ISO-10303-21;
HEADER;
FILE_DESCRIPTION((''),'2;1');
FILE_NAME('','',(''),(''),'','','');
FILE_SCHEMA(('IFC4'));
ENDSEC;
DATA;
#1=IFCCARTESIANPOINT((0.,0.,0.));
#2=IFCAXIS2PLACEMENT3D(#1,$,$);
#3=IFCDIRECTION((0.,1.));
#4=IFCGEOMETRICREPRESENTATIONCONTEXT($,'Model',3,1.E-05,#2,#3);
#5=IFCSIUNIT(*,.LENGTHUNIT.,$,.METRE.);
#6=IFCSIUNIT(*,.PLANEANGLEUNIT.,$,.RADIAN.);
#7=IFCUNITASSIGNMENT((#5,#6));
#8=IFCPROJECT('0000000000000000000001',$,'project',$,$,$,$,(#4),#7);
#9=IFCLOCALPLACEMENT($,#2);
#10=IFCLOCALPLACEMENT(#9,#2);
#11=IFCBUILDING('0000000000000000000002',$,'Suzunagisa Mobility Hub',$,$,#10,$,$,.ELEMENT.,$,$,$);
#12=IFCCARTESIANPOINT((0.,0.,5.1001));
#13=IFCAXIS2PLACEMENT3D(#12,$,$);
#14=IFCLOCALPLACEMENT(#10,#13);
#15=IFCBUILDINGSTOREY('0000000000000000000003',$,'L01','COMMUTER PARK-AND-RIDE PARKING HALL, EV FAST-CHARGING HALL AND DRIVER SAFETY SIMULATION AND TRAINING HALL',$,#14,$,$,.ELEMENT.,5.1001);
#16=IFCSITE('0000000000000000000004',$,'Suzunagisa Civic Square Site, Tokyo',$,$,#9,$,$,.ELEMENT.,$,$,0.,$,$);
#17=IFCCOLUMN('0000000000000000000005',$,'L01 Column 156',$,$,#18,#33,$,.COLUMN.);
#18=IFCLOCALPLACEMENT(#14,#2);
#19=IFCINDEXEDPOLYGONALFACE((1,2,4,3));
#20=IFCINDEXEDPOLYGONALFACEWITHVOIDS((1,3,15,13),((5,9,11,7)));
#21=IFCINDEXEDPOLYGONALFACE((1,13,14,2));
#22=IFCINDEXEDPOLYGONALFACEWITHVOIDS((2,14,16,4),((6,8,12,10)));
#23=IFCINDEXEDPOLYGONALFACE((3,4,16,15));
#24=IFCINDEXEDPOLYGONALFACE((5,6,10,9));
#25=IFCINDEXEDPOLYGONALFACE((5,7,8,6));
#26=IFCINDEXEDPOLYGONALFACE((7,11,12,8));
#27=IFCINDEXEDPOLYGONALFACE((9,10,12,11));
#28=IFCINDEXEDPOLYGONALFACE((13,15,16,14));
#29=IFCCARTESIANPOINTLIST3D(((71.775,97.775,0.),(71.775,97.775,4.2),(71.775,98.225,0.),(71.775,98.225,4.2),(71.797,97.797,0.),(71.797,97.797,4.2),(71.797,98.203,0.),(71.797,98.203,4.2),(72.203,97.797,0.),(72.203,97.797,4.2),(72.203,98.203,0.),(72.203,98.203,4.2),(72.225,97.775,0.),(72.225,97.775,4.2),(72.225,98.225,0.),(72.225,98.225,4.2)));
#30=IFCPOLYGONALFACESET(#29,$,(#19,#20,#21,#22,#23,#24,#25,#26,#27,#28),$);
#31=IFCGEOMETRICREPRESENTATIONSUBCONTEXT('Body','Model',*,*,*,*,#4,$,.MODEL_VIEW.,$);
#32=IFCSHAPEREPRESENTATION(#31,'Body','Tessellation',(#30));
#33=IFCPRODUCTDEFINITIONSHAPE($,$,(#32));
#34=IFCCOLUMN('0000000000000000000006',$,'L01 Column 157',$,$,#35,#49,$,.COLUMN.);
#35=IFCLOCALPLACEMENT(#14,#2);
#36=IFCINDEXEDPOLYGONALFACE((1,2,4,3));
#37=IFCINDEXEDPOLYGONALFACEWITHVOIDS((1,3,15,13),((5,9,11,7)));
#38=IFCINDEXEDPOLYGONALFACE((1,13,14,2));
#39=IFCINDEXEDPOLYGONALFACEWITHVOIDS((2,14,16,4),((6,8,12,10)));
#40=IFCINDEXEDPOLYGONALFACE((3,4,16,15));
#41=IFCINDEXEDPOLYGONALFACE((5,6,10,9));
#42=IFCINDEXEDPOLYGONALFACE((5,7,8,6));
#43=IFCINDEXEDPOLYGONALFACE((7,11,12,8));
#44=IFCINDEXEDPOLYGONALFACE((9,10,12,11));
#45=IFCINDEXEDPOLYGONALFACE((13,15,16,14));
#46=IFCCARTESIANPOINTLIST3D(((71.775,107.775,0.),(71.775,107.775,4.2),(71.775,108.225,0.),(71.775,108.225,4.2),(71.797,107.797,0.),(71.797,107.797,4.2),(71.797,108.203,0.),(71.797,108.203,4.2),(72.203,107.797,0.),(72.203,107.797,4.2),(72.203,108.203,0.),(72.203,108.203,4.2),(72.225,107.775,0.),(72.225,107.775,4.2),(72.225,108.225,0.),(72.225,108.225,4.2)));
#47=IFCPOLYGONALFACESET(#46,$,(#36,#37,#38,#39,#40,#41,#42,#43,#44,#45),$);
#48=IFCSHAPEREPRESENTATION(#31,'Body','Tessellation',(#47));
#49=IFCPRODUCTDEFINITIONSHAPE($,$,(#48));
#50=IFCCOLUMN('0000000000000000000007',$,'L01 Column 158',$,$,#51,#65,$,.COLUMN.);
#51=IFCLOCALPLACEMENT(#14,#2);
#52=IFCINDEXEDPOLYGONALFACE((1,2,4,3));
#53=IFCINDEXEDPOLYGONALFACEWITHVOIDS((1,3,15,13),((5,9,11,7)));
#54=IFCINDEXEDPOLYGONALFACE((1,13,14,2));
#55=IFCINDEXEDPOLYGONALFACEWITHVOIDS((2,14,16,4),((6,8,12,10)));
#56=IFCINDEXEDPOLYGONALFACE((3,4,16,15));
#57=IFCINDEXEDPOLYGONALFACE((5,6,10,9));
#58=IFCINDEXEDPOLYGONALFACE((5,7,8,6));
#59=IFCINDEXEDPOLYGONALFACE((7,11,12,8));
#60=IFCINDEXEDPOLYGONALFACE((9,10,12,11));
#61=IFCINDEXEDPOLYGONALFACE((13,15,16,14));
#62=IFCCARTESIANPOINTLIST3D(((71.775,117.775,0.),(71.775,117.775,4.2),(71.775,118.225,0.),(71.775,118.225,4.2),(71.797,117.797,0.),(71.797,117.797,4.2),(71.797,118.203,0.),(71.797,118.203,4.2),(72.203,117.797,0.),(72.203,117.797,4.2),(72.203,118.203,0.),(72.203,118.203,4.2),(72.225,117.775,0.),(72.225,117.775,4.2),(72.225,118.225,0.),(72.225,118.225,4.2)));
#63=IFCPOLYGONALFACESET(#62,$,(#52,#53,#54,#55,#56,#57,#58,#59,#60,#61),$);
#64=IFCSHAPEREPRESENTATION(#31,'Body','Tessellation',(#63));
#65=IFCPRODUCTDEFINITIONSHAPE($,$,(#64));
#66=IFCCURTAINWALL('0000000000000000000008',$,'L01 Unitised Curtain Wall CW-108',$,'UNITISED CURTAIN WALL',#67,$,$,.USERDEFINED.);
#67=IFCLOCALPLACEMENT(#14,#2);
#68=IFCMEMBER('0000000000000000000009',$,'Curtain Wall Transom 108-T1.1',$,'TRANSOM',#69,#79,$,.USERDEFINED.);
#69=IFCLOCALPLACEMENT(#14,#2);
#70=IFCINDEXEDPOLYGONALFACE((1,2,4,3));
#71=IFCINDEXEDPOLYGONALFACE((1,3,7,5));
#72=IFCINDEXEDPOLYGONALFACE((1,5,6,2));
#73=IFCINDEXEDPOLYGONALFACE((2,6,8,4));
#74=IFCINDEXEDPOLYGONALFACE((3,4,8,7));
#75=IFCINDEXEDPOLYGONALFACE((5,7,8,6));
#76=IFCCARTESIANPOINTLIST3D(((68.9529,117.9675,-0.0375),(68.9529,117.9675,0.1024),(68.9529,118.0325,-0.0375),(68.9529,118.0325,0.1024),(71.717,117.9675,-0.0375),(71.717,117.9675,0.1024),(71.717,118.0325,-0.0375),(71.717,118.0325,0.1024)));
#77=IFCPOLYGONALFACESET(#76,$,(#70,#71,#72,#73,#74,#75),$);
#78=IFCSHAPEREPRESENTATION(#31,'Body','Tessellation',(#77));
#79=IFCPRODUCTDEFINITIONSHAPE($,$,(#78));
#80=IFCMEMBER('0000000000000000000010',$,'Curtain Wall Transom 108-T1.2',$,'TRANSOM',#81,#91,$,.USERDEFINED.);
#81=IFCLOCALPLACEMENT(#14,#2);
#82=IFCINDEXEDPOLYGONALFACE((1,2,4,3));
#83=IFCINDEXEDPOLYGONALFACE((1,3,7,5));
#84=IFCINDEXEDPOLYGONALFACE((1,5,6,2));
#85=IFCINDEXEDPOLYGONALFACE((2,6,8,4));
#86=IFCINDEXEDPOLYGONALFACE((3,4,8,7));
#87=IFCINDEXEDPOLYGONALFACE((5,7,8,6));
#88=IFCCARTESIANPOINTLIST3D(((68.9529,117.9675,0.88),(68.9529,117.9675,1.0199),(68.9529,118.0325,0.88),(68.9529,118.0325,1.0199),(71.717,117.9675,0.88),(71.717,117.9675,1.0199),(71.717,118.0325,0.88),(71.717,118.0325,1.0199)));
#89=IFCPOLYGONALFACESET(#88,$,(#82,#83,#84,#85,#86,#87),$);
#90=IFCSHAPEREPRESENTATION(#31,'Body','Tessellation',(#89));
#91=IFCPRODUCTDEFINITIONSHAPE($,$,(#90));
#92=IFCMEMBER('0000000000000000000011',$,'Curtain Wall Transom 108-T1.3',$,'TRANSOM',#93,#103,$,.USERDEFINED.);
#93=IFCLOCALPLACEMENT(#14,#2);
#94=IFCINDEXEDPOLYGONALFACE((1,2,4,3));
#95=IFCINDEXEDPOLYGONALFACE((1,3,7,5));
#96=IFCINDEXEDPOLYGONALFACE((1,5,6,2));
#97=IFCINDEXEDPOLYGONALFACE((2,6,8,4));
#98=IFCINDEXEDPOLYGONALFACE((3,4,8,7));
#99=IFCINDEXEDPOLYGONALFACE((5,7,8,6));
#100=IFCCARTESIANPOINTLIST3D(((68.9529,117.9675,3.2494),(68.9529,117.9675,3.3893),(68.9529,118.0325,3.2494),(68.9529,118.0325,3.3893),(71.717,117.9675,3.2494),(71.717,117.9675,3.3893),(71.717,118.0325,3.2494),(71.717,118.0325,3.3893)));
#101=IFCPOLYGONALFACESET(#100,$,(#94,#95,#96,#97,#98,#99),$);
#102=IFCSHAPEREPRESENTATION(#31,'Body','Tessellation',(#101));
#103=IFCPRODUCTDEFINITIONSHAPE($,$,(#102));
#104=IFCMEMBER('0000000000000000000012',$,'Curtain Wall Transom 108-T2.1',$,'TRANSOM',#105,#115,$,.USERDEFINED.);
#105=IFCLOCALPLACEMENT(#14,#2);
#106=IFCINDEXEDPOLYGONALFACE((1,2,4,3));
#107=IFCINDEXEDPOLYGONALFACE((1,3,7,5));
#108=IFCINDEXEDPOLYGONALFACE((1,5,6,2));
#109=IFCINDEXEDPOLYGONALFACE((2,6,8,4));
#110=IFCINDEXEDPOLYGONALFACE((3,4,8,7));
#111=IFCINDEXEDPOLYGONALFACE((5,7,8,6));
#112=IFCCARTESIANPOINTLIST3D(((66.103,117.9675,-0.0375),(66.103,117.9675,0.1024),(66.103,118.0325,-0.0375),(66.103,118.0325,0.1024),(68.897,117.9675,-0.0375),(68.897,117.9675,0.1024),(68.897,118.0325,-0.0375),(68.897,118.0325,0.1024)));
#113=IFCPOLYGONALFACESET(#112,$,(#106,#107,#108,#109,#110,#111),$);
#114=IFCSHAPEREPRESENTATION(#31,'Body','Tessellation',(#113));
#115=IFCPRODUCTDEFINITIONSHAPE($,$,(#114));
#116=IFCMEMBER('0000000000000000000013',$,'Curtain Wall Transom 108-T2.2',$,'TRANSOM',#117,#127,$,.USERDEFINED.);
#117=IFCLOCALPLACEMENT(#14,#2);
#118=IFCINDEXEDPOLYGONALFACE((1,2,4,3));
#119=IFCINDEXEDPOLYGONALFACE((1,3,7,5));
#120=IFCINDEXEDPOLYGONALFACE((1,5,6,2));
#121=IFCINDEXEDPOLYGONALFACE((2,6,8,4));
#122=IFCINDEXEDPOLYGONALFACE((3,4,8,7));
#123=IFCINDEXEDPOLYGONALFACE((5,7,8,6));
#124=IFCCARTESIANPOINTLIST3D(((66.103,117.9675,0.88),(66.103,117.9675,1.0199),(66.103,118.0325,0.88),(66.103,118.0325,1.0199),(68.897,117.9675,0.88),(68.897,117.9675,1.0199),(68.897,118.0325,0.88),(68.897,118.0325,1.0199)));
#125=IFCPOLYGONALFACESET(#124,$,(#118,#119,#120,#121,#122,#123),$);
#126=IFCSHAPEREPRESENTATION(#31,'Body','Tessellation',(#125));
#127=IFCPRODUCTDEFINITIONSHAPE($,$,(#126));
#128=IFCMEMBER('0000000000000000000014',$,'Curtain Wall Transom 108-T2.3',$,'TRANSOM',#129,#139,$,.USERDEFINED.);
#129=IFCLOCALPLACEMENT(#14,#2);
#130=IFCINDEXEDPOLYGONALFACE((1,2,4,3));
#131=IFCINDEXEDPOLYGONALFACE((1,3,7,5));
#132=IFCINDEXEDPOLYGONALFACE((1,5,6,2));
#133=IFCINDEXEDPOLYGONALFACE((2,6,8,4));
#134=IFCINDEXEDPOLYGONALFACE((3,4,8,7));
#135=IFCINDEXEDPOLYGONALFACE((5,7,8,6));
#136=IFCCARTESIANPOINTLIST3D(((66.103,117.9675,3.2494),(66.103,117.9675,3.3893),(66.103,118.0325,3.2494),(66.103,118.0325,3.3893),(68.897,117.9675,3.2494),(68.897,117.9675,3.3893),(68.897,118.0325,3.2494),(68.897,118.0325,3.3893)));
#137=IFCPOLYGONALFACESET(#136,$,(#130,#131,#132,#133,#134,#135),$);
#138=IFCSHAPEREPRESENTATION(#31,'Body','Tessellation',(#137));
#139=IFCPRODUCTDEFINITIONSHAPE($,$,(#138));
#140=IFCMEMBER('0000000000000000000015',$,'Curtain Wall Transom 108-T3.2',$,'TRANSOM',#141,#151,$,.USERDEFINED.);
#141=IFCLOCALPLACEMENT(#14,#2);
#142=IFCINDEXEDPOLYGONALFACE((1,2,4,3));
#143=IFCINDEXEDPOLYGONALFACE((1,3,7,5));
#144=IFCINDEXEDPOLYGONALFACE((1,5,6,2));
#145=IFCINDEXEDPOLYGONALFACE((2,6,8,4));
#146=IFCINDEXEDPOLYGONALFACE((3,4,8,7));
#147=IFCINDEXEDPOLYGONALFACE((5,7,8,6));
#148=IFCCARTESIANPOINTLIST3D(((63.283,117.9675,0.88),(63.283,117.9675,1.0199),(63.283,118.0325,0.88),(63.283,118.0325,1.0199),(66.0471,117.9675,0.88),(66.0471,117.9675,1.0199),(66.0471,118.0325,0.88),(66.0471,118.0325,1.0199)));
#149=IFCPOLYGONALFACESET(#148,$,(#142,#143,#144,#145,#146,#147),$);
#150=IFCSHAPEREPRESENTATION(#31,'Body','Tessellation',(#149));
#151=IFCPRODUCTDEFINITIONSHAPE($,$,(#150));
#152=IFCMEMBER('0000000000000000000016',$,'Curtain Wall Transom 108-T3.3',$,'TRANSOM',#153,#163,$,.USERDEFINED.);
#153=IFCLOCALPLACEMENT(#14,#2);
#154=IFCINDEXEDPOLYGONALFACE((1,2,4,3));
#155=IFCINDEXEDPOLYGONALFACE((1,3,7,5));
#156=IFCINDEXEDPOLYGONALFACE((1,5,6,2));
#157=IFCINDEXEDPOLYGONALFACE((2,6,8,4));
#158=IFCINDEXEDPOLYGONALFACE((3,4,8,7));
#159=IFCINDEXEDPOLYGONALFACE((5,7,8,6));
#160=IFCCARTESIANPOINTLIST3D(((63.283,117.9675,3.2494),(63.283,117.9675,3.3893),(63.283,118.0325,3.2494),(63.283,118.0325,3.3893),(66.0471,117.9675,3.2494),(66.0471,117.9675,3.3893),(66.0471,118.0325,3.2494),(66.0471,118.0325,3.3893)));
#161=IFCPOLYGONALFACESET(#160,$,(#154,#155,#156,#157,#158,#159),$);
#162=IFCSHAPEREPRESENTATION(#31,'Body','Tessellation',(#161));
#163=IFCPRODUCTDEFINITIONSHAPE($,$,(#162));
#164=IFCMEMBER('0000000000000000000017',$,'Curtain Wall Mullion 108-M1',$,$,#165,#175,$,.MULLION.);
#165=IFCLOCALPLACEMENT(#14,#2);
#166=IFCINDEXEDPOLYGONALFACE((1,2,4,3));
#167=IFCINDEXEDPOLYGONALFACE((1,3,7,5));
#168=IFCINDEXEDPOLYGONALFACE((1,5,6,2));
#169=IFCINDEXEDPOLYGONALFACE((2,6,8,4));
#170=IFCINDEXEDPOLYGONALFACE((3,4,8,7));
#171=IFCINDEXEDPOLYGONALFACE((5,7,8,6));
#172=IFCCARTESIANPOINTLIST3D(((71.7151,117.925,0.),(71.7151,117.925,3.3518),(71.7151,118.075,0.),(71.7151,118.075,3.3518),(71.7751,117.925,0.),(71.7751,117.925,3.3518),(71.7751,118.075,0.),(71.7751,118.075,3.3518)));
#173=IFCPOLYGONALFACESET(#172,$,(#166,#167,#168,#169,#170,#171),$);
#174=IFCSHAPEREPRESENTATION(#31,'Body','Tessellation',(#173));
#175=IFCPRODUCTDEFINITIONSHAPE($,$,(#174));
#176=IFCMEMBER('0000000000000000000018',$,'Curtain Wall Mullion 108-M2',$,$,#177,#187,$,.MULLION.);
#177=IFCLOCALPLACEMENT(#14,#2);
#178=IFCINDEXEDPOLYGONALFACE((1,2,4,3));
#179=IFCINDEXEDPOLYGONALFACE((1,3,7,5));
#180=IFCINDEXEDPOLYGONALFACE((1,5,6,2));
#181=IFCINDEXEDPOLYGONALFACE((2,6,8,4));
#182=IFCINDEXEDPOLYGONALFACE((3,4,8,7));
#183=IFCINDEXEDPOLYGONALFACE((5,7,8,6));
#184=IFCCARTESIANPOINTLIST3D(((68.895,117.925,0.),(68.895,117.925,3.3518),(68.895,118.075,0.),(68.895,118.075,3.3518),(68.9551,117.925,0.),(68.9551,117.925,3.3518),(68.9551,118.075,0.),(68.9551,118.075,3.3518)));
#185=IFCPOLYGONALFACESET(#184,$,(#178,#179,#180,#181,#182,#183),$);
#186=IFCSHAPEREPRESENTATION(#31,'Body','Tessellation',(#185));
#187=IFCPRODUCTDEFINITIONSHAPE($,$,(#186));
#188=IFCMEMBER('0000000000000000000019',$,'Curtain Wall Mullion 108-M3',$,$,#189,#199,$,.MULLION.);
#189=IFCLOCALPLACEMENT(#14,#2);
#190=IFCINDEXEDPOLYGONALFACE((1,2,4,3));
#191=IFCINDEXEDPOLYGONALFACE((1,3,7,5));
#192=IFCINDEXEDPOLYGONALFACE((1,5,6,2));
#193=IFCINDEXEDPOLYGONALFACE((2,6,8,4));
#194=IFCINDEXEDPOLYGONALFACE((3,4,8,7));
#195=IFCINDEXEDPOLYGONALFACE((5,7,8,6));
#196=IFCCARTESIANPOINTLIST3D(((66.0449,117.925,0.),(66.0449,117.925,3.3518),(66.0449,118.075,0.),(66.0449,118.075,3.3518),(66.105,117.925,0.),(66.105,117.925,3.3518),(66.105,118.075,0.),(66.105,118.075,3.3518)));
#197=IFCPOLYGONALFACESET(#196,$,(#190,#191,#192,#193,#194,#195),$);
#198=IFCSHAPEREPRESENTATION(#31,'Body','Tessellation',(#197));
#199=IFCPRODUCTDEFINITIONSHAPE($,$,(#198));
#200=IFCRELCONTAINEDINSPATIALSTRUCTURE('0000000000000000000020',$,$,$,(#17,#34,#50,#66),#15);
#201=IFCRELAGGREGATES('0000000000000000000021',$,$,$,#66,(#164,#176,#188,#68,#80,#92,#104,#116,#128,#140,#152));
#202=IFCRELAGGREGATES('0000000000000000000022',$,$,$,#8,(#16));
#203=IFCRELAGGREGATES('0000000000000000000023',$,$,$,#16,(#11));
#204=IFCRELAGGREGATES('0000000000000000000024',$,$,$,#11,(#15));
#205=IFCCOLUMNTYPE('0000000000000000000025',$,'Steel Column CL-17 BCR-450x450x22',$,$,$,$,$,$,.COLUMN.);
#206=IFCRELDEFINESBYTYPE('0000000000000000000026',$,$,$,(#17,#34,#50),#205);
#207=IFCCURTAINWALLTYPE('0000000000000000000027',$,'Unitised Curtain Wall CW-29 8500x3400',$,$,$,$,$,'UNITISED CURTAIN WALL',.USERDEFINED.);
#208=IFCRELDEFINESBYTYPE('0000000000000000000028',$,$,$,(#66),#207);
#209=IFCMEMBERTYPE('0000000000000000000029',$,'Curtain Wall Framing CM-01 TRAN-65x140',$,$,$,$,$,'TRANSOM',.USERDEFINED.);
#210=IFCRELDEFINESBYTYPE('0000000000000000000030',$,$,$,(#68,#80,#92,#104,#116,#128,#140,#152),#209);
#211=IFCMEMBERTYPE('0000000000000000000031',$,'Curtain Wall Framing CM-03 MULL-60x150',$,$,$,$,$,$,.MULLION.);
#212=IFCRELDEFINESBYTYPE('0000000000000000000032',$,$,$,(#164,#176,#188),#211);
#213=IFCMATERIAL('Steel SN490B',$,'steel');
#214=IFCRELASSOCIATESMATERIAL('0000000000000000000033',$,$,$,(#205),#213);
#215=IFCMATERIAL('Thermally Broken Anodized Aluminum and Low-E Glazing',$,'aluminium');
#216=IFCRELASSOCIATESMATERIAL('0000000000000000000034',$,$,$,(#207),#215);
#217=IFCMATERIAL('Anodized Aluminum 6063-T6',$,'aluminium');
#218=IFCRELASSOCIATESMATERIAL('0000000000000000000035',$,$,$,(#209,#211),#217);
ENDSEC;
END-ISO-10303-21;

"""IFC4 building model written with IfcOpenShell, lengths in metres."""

from ifc_helpers import new_model, si_unit, direction, frame, origin, origin_2d, place, context, subcontext, project, spatial, rectangle, hollow_rectangle, extrude, material, material_profile, profile_set, type_object, element, aggregate, save


model = new_model("IFC4")

# Units and contexts
model_context = context("Model", 3, precision=1e-05, world=origin(), true_north=direction((0.0, 1.0)))
body_context = subcontext(model_context, "Body", "Model", "MODEL_VIEW")
ifc_project = project(units=[si_unit("LENGTHUNIT", "METRE"), si_unit("PLANEANGLEUNIT", "RADIAN")], contexts=[model_context])

# Site, building, storey
site_placement = place(None, origin())
site = spatial("IfcSite", under=ifc_project, at=site_placement, Name="Suzunagisa Civic Square Site, Tokyo", CompositionType="ELEMENT", RefElevation=0.0)
building_placement = place(site_placement, origin())
building = spatial("IfcBuilding", under=site, at=building_placement, Name="Suzunagisa Mobility Hub", CompositionType="ELEMENT")
storey_placement = place(building_placement, frame((0.0, 0.0, 5.1001)))
storey = spatial("IfcBuildingStorey", under=building, at=storey_placement, Name="L01", Description="COMMUTER PARK-AND-RIDE PARKING HALL, EV FAST-CHARGING HALL AND DRIVER SAFETY SIMULATION AND TRAINING HALL", CompositionType="ELEMENT", Elevation=5.1001)

# Columns
ifc_material_1 = material(Name="Steel SN490B", Category="steel")
ifc_material_profile_1 = material_profile(ifc_material_1, hollow_rectangle(XDim=0.45, YDim=0.45, WallThickness=0.022, at=origin_2d()), Name="BCR-450x450x22")
ifc_profile_set_1 = profile_set([ifc_material_profile_1], Name="Steel SN490B")
column_type = type_object("IfcColumnType", Name="Steel Column CL-17 BCR-450x450x22", PredefinedType="COLUMN", material=ifc_profile_set_1)
for number, where, z_axis, x_axis, name in (
    (1, (72.0, 98.0, 0.0), (0.0, 0.0, 1.0), (1.0, 0.0, 0.0), "L01 Column 156"),
    (2, (72.0, 108.0, 0.0), (0.0, 0.0, 1.0), (1.0, 0.0, 0.0), "L01 Column 157"),
    (3, (72.0, 118.0, 0.0), (0.0, 0.0, 1.0), (1.0, 0.0, 0.0), "L01 Column 158"),
):
    element("IfcColumn", number, at=place(storey_placement, frame(where, z_axis=z_axis, x_axis=x_axis)), inside=storey, type_object=column_type, Name=name, PredefinedType="COLUMN", context=body_context, shape_type="SweptSolid", body=[
        extrude(hollow_rectangle(XDim=0.45, YDim=0.45, WallThickness=0.022, at=origin_2d()), origin(), (0.0, 0.0, 1.0), 4.2),
    ])

# Curtain wall, members
ifc_material_2 = material(Name="Thermally Broken Anodized Aluminum and Low-E Glazing", Category="aluminium")
curtain_wall_type = type_object("IfcCurtainWallType", Name="Unitised Curtain Wall CW-29 8500x3400", ElementType="UNITISED CURTAIN WALL", PredefinedType="USERDEFINED", material=ifc_material_2)
curtain_wall_placement = place(storey_placement, origin())
curtain_wall = element("IfcCurtainWall", 4, at=curtain_wall_placement, inside=storey, type_object=curtain_wall_type, Name="L01 Unitised Curtain Wall CW-108", ObjectType="UNITISED CURTAIN WALL", PredefinedType="USERDEFINED")
ifc_material_3 = material(Name="Anodized Aluminum 6063-T6", Category="aluminium")
ifc_material_profile_2 = material_profile(ifc_material_3, rectangle(XDim=0.0649, YDim=0.1399, at=origin_2d()), Name="TRAN-65x140")
ifc_profile_set_2 = profile_set([ifc_material_profile_2], Name="Anodized Aluminum 6063-T6")
member_type_1 = type_object("IfcMemberType", Name="Curtain Wall Framing CM-01 TRAN-65x140", ElementType="TRANSOM", PredefinedType="USERDEFINED", material=ifc_profile_set_2)
member_1_placement = place(storey_placement, frame((71.717, 118.0, 0.0325), z_axis=(-1.0, 0.0, 0.0), x_axis=(0.0, -1.0, 0.0)))
member_1 = element("IfcMember", 5, at=member_1_placement, type_object=member_type_1, Name="Curtain Wall Transom 108-T1.1", ObjectType="TRANSOM", PredefinedType="USERDEFINED", context=body_context, shape_type="SweptSolid", body=[
    extrude(rectangle(XDim=0.0649, YDim=0.1399, at=origin_2d()), origin(), (0.0, 0.0, 1.0), 2.7642),
])
member_2_placement = place(storey_placement, frame((71.717, 118.0, 0.95), z_axis=(-1.0, 0.0, 0.0), x_axis=(0.0, -1.0, 0.0)))
member_2 = element("IfcMember", 6, at=member_2_placement, type_object=member_type_1, Name="Curtain Wall Transom 108-T1.2", ObjectType="TRANSOM", PredefinedType="USERDEFINED", context=body_context, shape_type="SweptSolid", body=[
    extrude(rectangle(XDim=0.0649, YDim=0.1399, at=origin_2d()), origin(), (0.0, 0.0, 1.0), 2.7642),
])
member_3_placement = place(storey_placement, frame((71.717, 118.0, 3.3193), z_axis=(-1.0, 0.0, 0.0), x_axis=(0.0, -1.0, 0.0)))
member_3 = element("IfcMember", 7, at=member_3_placement, type_object=member_type_1, Name="Curtain Wall Transom 108-T1.3", ObjectType="TRANSOM", PredefinedType="USERDEFINED", context=body_context, shape_type="SweptSolid", body=[
    extrude(rectangle(XDim=0.0649, YDim=0.1399, at=origin_2d()), origin(), (0.0, 0.0, 1.0), 2.7642),
])
member_4_placement = place(storey_placement, frame((68.897, 118.0, 0.0325), z_axis=(-1.0, 0.0, 0.0), x_axis=(0.0, -1.0, 0.0)))
member_4 = element("IfcMember", 8, at=member_4_placement, type_object=member_type_1, Name="Curtain Wall Transom 108-T2.1", ObjectType="TRANSOM", PredefinedType="USERDEFINED", context=body_context, shape_type="SweptSolid", body=[
    extrude(rectangle(XDim=0.0649, YDim=0.1399, at=origin_2d()), origin(), (0.0, 0.0, 1.0), 2.7939),
])
member_5_placement = place(storey_placement, frame((68.897, 118.0, 0.95), z_axis=(-1.0, 0.0, 0.0), x_axis=(0.0, -1.0, 0.0)))
member_5 = element("IfcMember", 9, at=member_5_placement, type_object=member_type_1, Name="Curtain Wall Transom 108-T2.2", ObjectType="TRANSOM", PredefinedType="USERDEFINED", context=body_context, shape_type="SweptSolid", body=[
    extrude(rectangle(XDim=0.0649, YDim=0.1399, at=origin_2d()), origin(), (0.0, 0.0, 1.0), 2.7939),
])
member_6_placement = place(storey_placement, frame((68.897, 118.0, 3.3193), z_axis=(-1.0, 0.0, 0.0), x_axis=(0.0, -1.0, 0.0)))
member_6 = element("IfcMember", 10, at=member_6_placement, type_object=member_type_1, Name="Curtain Wall Transom 108-T2.3", ObjectType="TRANSOM", PredefinedType="USERDEFINED", context=body_context, shape_type="SweptSolid", body=[
    extrude(rectangle(XDim=0.0649, YDim=0.1399, at=origin_2d()), origin(), (0.0, 0.0, 1.0), 2.7939),
])
member_7_placement = place(storey_placement, frame((66.0471, 118.0, 0.95), z_axis=(-1.0, 0.0, 0.0), x_axis=(0.0, -1.0, 0.0)))
member_7 = element("IfcMember", 11, at=member_7_placement, type_object=member_type_1, Name="Curtain Wall Transom 108-T3.2", ObjectType="TRANSOM", PredefinedType="USERDEFINED", context=body_context, shape_type="SweptSolid", body=[
    extrude(rectangle(XDim=0.0649, YDim=0.1399, at=origin_2d()), origin(), (0.0, 0.0, 1.0), 2.7642),
])
member_8_placement = place(storey_placement, frame((66.0471, 118.0, 3.3193), z_axis=(-1.0, 0.0, 0.0), x_axis=(0.0, -1.0, 0.0)))
member_8 = element("IfcMember", 12, at=member_8_placement, type_object=member_type_1, Name="Curtain Wall Transom 108-T3.3", ObjectType="TRANSOM", PredefinedType="USERDEFINED", context=body_context, shape_type="SweptSolid", body=[
    extrude(rectangle(XDim=0.0649, YDim=0.1399, at=origin_2d()), origin(), (0.0, 0.0, 1.0), 2.7642),
])
ifc_material_profile_3 = material_profile(ifc_material_3, rectangle(XDim=0.0601, YDim=0.1499, at=origin_2d()), Name="MULL-60x150")
ifc_profile_set_3 = profile_set([ifc_material_profile_3], Name="Anodized Aluminum 6063-T6")
member_type_2 = type_object("IfcMemberType", Name="Curtain Wall Framing CM-03 MULL-60x150", PredefinedType="MULLION", material=ifc_profile_set_3)
member_9_placement = place(storey_placement, frame((71.7451, 118.0, 0.0), z_axis=(0.0, 0.0, 1.0), x_axis=(-1.0, 0.0, 0.0)))
member_9 = element("IfcMember", 13, at=member_9_placement, type_object=member_type_2, Name="Curtain Wall Mullion 108-M1", PredefinedType="MULLION", context=body_context, shape_type="SweptSolid", body=[
    extrude(rectangle(XDim=0.0601, YDim=0.1499, at=origin_2d()), origin(), (0.0, 0.0, 1.0), 3.3518),
])
member_10_placement = place(storey_placement, frame((68.925, 118.0, 0.0), z_axis=(0.0, 0.0, 1.0), x_axis=(-1.0, 0.0, 0.0)))
member_10 = element("IfcMember", 14, at=member_10_placement, type_object=member_type_2, Name="Curtain Wall Mullion 108-M2", PredefinedType="MULLION", context=body_context, shape_type="SweptSolid", body=[
    extrude(rectangle(XDim=0.0601, YDim=0.1499, at=origin_2d()), origin(), (0.0, 0.0, 1.0), 3.3518),
])
member_11_placement = place(storey_placement, frame((66.075, 118.0, 0.0), z_axis=(0.0, 0.0, 1.0), x_axis=(-1.0, 0.0, 0.0)))
member_11 = element("IfcMember", 15, at=member_11_placement, type_object=member_type_2, Name="Curtain Wall Mullion 108-M3", PredefinedType="MULLION", context=body_context, shape_type="SweptSolid", body=[
    extrude(rectangle(XDim=0.0601, YDim=0.1499, at=origin_2d()), origin(), (0.0, 0.0, 1.0), 3.3518),
])

aggregate(curtain_wall, [member_9, member_10, member_11, member_1, member_2, member_3, member_4, member_5, member_6, member_7, member_8])

save(model, "model.ifc")
